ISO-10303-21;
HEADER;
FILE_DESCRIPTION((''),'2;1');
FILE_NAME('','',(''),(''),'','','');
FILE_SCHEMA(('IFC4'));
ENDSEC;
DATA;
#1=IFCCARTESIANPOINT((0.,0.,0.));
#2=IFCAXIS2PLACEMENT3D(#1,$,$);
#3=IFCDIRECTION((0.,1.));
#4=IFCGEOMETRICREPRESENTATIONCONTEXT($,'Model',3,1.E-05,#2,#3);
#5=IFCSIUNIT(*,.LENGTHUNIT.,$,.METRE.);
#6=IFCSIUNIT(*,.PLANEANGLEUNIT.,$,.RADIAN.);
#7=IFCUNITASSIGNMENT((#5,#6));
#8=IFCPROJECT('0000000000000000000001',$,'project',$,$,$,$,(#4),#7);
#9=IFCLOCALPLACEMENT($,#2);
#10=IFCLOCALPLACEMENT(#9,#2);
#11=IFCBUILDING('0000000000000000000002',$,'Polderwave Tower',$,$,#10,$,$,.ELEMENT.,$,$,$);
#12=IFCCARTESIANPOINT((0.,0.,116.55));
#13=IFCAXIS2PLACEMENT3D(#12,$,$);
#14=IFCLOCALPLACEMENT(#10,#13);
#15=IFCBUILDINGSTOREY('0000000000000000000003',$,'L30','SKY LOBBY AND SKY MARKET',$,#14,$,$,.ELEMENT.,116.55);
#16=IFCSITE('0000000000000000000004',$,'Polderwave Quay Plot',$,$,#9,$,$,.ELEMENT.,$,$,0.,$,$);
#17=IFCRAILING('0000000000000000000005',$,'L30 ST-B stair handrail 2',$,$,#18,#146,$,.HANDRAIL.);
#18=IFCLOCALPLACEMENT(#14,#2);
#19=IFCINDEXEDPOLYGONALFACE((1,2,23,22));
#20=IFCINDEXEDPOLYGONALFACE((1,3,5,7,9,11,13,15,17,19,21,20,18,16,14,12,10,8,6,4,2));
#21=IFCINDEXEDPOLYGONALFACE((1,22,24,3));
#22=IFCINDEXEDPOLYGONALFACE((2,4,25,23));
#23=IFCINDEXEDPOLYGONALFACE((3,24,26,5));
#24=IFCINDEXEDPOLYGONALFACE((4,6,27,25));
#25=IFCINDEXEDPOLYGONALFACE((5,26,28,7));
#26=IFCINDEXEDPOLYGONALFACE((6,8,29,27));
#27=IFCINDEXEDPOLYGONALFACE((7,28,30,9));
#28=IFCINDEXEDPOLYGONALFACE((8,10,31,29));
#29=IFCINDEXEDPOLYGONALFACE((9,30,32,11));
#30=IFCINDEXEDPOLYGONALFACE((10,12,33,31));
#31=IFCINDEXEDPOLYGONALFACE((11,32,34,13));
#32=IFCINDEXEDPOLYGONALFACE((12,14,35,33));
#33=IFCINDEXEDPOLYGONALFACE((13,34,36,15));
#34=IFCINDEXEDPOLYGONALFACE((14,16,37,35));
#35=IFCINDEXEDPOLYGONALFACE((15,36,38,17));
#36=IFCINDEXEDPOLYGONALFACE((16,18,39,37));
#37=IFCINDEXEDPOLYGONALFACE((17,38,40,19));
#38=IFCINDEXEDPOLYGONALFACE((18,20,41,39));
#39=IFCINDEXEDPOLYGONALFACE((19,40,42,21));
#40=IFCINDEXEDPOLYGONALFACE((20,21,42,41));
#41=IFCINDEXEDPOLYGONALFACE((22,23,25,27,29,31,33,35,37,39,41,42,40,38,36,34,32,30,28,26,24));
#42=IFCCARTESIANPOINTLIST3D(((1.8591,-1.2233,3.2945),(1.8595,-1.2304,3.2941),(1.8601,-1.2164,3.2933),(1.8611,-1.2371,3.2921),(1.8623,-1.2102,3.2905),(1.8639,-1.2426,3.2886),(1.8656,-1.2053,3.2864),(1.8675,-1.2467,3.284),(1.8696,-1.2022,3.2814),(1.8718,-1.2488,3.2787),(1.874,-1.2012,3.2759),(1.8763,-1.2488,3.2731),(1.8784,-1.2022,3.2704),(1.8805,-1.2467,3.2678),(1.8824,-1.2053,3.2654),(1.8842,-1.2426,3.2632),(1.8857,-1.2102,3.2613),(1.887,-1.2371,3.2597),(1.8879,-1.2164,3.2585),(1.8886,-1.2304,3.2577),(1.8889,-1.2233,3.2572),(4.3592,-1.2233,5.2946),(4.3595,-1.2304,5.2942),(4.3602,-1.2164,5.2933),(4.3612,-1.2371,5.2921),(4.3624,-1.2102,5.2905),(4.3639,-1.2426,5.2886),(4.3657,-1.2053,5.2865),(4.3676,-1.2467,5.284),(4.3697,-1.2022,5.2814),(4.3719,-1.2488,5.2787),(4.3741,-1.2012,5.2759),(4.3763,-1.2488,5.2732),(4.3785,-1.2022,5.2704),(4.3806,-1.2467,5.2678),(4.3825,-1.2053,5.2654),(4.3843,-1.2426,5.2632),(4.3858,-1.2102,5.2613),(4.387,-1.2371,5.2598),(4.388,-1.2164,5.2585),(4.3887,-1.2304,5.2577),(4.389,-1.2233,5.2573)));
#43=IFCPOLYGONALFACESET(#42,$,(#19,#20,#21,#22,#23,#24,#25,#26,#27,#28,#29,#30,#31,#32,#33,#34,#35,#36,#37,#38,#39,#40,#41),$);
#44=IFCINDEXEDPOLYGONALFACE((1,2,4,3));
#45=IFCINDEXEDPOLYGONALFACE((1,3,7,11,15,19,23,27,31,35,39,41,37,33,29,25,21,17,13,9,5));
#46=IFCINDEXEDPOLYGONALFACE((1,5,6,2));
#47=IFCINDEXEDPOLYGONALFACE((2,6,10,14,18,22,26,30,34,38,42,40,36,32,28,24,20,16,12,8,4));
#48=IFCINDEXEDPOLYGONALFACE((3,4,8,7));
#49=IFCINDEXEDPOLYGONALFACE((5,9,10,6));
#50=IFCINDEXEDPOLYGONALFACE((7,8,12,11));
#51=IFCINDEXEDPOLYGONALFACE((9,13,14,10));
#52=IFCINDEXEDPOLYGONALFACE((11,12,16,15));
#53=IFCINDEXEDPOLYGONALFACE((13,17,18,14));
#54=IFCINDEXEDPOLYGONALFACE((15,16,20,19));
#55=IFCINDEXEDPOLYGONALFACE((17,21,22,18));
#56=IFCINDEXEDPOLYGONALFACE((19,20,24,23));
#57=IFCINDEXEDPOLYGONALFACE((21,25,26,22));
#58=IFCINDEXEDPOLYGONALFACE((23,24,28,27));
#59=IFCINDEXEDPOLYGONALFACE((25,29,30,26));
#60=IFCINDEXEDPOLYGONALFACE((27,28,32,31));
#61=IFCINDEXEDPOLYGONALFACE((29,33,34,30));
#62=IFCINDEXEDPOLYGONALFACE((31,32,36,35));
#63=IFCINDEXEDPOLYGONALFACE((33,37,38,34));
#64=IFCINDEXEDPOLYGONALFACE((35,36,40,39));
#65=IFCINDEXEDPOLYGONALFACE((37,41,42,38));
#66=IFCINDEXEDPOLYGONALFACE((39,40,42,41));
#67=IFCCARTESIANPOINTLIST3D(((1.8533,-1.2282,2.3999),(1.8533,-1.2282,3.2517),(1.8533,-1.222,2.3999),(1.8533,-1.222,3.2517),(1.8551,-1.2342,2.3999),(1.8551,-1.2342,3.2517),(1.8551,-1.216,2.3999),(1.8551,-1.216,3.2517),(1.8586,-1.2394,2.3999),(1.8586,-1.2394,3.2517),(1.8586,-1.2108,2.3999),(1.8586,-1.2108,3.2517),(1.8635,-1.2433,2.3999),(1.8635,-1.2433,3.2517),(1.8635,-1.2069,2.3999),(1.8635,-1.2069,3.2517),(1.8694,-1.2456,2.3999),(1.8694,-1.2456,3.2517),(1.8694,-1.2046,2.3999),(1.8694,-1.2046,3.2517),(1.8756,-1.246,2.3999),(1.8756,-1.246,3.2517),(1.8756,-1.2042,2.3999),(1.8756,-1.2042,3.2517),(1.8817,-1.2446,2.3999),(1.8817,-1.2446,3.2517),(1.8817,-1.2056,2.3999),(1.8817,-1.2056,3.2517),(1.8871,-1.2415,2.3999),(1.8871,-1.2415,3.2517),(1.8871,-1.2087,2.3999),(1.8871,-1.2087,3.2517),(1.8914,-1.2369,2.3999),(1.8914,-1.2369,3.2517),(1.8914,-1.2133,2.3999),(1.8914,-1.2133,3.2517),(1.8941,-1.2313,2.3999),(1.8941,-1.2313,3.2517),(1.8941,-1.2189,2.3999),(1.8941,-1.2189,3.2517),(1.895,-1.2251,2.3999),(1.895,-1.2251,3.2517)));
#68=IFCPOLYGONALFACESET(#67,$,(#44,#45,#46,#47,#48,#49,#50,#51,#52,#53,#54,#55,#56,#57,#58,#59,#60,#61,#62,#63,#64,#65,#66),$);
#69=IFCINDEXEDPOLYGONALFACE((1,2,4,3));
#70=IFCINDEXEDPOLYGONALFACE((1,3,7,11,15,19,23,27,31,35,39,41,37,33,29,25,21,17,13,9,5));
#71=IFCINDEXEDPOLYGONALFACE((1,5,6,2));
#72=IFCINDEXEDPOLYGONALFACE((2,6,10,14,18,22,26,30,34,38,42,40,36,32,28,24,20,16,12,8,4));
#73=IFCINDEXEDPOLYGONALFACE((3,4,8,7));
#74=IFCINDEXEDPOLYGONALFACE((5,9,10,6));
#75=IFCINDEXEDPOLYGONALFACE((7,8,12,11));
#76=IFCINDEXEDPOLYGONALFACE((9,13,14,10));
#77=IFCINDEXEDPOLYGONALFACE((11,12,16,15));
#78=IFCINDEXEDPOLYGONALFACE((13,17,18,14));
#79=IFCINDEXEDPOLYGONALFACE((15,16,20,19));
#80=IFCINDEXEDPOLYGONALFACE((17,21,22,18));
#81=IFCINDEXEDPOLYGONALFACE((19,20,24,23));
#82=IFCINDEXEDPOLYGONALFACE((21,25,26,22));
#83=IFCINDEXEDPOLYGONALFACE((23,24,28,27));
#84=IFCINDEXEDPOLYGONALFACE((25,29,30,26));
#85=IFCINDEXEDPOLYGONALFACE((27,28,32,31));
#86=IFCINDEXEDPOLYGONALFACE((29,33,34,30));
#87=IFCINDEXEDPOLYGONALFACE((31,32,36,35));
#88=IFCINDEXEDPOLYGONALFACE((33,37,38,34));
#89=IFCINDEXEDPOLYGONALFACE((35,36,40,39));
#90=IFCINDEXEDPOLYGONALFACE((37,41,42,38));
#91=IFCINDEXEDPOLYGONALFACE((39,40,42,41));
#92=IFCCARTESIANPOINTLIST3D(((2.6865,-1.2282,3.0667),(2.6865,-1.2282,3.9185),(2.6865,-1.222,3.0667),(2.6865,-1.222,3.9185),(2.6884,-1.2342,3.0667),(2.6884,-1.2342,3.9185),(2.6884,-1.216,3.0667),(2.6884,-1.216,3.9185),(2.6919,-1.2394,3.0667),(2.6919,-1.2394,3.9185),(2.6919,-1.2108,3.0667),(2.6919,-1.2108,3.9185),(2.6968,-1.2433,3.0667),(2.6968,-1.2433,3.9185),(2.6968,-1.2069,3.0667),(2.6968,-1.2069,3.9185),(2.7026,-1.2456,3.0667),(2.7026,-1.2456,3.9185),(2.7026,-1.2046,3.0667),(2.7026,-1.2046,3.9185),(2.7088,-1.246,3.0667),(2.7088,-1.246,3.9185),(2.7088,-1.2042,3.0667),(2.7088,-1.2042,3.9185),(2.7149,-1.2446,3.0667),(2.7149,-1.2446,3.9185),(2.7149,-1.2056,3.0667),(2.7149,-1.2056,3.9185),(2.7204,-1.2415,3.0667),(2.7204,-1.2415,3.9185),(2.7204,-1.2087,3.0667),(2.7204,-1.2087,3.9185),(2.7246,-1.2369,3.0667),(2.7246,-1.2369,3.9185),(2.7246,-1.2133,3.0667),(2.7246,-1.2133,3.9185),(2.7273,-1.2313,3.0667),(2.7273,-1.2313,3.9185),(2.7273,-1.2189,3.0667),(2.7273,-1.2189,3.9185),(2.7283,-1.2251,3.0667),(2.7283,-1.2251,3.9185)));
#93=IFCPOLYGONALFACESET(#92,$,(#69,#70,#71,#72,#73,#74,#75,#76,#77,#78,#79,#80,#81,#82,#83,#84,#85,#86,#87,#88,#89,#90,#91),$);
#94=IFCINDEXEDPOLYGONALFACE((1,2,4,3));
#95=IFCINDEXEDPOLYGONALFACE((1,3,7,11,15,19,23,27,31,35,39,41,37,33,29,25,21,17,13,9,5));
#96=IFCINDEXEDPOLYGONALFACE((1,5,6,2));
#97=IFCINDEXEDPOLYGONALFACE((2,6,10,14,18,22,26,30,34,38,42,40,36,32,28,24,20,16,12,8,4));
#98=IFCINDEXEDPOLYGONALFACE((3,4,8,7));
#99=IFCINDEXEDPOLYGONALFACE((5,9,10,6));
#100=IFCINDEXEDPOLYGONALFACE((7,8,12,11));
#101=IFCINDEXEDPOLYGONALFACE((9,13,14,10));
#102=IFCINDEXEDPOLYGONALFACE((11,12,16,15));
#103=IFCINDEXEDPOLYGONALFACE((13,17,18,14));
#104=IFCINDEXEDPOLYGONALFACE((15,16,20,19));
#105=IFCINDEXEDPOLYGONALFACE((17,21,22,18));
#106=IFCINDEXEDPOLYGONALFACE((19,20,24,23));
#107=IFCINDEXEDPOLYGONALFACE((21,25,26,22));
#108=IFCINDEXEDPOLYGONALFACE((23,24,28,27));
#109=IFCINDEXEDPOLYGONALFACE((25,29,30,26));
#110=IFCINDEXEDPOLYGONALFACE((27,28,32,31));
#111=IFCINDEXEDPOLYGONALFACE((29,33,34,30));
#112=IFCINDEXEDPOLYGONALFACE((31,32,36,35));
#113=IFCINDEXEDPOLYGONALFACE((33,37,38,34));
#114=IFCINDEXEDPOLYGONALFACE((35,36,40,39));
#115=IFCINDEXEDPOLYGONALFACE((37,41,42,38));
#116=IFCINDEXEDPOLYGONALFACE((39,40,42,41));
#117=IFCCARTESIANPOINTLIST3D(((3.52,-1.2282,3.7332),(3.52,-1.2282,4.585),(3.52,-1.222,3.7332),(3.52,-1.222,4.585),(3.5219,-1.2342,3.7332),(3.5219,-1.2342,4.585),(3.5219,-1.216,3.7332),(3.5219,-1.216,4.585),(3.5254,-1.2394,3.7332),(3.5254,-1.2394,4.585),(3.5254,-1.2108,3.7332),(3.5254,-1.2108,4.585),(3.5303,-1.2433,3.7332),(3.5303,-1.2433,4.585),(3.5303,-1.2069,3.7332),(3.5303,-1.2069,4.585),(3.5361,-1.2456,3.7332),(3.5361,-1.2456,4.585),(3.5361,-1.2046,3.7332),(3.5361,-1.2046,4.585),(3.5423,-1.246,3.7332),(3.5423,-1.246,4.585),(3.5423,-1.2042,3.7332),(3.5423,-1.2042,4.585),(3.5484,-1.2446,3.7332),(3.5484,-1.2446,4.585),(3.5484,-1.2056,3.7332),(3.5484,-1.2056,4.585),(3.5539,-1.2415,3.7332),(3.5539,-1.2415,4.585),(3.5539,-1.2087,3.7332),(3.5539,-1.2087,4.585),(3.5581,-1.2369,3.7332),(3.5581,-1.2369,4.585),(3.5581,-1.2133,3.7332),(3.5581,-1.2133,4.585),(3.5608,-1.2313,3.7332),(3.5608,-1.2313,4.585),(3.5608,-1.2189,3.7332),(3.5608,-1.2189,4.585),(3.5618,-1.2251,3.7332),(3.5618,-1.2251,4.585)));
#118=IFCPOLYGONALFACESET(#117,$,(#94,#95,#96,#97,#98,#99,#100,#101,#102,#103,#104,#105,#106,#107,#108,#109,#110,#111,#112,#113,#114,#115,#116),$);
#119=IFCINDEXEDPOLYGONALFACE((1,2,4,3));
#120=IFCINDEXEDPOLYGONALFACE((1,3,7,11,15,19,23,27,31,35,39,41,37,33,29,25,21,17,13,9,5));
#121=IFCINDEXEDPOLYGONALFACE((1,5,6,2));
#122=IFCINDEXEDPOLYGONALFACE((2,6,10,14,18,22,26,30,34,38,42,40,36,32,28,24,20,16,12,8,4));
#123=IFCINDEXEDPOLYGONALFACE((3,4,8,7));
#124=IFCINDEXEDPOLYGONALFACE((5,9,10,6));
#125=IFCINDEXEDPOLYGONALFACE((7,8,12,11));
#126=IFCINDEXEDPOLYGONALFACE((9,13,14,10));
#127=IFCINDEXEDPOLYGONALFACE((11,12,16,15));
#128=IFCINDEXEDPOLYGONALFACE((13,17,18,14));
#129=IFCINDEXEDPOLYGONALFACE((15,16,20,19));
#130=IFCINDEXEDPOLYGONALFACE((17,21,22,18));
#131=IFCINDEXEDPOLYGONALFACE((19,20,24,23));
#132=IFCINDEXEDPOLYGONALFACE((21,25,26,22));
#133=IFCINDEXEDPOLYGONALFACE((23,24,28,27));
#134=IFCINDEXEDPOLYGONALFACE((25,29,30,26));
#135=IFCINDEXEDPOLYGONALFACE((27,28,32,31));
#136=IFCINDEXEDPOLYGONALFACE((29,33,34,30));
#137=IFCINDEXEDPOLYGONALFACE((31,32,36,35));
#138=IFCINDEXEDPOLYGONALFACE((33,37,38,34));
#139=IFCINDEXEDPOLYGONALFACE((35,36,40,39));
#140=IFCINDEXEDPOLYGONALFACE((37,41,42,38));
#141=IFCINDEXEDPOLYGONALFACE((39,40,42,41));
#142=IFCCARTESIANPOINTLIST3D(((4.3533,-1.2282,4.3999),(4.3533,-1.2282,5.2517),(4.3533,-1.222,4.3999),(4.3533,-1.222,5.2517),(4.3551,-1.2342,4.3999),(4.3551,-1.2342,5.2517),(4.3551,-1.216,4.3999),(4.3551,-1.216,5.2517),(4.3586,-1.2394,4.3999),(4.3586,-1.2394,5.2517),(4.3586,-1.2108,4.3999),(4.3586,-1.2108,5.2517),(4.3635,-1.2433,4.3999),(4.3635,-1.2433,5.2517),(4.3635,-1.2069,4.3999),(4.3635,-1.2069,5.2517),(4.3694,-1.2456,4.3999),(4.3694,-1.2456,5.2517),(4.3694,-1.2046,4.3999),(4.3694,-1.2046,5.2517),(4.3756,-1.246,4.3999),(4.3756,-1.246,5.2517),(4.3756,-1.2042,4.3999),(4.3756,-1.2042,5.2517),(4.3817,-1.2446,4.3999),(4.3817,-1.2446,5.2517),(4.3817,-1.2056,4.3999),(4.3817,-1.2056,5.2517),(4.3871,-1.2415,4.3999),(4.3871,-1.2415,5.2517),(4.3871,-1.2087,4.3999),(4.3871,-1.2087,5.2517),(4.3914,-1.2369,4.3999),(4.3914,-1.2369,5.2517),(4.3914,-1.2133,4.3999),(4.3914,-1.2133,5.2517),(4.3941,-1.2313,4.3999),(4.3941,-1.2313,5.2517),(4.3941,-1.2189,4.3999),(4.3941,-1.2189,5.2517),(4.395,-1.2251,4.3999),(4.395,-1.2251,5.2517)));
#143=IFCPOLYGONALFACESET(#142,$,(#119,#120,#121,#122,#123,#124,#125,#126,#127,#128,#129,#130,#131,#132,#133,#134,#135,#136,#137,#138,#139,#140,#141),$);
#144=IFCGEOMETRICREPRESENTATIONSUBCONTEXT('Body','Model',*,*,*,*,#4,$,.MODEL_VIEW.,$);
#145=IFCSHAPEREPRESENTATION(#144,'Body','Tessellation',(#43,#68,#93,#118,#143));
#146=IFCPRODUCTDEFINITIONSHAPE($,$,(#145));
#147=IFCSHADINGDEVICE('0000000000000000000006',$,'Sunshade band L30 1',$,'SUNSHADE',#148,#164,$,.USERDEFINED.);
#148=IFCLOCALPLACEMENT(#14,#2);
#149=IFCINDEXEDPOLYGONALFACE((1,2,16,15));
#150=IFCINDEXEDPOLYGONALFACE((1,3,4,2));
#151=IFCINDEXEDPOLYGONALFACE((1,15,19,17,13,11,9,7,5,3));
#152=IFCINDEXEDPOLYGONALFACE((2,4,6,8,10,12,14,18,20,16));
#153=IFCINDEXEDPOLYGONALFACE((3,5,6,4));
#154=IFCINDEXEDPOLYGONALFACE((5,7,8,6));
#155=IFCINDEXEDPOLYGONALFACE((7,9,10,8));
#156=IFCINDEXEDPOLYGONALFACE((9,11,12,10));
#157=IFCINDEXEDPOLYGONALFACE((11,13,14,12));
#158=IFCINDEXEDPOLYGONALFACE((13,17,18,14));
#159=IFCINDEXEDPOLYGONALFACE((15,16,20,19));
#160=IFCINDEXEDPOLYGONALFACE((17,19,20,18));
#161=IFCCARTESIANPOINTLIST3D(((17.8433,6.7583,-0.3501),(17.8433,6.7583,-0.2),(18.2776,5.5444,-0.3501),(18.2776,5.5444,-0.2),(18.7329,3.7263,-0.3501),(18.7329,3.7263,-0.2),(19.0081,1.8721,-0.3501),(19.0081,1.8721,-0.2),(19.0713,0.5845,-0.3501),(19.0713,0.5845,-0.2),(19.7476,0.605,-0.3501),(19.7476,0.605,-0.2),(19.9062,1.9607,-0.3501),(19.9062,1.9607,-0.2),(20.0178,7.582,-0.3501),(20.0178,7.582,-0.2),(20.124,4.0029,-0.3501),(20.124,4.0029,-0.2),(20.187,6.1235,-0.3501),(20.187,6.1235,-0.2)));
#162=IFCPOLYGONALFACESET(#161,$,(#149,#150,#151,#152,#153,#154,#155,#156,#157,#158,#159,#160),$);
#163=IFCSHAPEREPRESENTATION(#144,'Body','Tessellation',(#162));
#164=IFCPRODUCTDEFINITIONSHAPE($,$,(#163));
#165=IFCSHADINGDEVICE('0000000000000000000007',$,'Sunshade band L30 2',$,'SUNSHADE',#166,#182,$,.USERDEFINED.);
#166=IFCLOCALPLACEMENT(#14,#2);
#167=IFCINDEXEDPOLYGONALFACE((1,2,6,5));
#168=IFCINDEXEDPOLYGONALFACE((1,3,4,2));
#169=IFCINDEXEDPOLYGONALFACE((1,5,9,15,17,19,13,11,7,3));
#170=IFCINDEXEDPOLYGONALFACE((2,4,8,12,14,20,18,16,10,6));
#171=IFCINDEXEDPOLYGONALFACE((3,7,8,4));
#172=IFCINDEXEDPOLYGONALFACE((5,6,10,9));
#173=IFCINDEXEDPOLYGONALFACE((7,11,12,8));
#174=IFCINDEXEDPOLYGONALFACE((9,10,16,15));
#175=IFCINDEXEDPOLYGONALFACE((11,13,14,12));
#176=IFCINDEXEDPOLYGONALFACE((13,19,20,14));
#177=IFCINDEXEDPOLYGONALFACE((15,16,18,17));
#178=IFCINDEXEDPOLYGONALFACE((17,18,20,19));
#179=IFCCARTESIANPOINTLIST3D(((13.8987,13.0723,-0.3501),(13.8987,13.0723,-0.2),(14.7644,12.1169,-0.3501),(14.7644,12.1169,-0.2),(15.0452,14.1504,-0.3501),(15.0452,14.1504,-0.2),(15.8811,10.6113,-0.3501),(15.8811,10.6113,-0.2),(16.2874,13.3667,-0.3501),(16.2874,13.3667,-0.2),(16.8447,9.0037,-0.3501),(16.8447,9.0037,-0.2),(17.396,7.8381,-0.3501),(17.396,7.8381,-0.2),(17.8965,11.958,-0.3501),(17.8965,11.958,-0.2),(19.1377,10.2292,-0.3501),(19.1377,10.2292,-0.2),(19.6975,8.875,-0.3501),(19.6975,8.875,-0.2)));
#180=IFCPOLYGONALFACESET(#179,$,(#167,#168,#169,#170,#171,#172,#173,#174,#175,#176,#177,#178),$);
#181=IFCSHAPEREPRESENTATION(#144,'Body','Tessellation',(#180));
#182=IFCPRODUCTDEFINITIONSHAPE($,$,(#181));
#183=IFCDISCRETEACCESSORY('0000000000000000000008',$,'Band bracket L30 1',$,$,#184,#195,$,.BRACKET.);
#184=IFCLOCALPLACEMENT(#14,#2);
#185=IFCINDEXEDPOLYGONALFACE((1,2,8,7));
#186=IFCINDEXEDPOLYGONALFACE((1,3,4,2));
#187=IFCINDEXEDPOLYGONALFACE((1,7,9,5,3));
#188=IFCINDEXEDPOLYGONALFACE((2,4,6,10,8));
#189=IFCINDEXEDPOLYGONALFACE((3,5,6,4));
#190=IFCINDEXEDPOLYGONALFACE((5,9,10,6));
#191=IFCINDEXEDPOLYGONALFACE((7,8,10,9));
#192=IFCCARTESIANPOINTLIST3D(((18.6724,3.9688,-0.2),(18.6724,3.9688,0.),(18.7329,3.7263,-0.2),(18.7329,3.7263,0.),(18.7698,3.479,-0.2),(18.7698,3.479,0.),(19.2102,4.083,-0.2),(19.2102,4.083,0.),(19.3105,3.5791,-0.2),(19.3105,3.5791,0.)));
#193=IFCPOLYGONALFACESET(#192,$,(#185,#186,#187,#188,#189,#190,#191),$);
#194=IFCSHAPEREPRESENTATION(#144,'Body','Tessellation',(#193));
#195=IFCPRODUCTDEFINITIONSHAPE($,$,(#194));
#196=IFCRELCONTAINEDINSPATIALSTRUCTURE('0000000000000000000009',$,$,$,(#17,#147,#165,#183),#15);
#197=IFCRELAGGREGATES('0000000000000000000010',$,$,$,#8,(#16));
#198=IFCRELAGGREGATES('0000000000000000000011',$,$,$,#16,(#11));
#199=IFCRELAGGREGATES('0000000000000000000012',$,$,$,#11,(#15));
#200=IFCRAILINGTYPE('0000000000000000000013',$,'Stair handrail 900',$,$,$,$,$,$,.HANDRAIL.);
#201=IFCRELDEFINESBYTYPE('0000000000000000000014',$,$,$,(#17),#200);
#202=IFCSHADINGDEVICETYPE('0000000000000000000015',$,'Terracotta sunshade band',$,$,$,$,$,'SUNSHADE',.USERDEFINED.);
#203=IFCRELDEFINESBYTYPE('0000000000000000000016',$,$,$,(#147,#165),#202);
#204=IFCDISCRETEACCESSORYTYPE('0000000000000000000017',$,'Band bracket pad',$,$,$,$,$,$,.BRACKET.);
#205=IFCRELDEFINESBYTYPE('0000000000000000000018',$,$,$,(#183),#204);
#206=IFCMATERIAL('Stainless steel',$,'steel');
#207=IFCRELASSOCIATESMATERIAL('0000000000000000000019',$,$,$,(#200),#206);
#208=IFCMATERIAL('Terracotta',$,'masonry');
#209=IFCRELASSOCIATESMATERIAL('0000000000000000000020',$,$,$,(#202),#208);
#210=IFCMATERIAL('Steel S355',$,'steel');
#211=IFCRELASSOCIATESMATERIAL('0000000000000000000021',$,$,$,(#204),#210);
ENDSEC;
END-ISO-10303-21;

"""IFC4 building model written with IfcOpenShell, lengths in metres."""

from ifc_helpers import new_model, si_unit, direction, frame, origin, origin_2d, place, context, subcontext, project, spatial, polyline, circle, outline, extrude, material, type_object, element, save


model = new_model("IFC4")

# Units and contexts
model_context = context("Model", 3, precision=1e-05, world=origin(), true_north=direction((0.0, 1.0)))
body_context = subcontext(model_context, "Body", "Model", "MODEL_VIEW")
ifc_project = project(units=[si_unit("LENGTHUNIT", "METRE"), si_unit("PLANEANGLEUNIT", "RADIAN")], contexts=[model_context])

# Site, building, storey
site_placement = place(None, origin())
site = spatial("IfcSite", under=ifc_project, at=site_placement, Name="Polderwave Quay Plot", CompositionType="ELEMENT", RefElevation=0.0)
building_placement = place(site_placement, origin())
building = spatial("IfcBuilding", under=site, at=building_placement, Name="Polderwave Tower", CompositionType="ELEMENT")
storey_placement = place(building_placement, frame((0.0, 0.0, 116.55)))
storey = spatial("IfcBuildingStorey", under=building, at=storey_placement, Name="L30", Description="SKY LOBBY AND SKY MARKET", CompositionType="ELEMENT", Elevation=116.55)

# Railing
ifc_material_1 = material(Name="Stainless steel", Category="steel")
railing_type_1 = type_object("IfcRailingType", Name="Stair handrail 900", PredefinedType="HANDRAIL", material=ifc_material_1)
railing_1_placement = place(storey_placement, frame((1.874, -1.2251, 2.3999)))
element("IfcRailing", 1, at=railing_1_placement, inside=storey, type_object=railing_type_1, Name="L30 ST-B stair handrail 2", PredefinedType="HANDRAIL", context=body_context, shape_type="SweptSolid", body=[
    extrude(circle(Radius=0.0239, at=origin_2d()), frame((0.0, 0.0, 0.876), z_axis=(0.780869, 0.0, 0.624695), x_axis=(0.0, 1.0, 0.0)), (0.0, 0.0, 1.0), 3.2017),
    extrude(circle(Radius=0.021, at=origin_2d()), origin(), (0.0, 0.0, 1.0), 0.8518),
    extrude(circle(Radius=0.021, at=origin_2d()), frame((0.8333, 0.0, 0.6667)), (0.0, 0.0, 1.0), 0.8518),
    extrude(circle(Radius=0.021, at=origin_2d()), frame((1.6667, 0.0, 1.3333)), (0.0, 0.0, 1.0), 0.8518),
    extrude(circle(Radius=0.021, at=origin_2d()), frame((2.5, 0.0, 2.0)), (0.0, 0.0, 1.0), 0.8518),
])

# Shading devices
ifc_material_2 = material(Name="Terracotta", Category="masonry")
shading_device_type = type_object("IfcShadingDeviceType", Name="Terracotta sunshade band", ElementType="SUNSHADE", PredefinedType="USERDEFINED", material=ifc_material_2)
shading_device_1_placement = place(storey_placement, frame((0.0, 0.0, -0.3501)))
element("IfcShadingDevice", 2, at=shading_device_1_placement, inside=storey, type_object=shading_device_type, Name="Sunshade band L30 1", ObjectType="SUNSHADE", PredefinedType="USERDEFINED", context=body_context, shape_type="SweptSolid", body=[
    extrude(outline(polyline([(19.0713, 0.5845), (19.0081, 1.8721), (18.7329, 3.7263), (18.2776, 5.5444), (17.8433, 6.7583), (20.0178, 7.582), (20.187, 6.1235), (20.124, 4.0029), (19.9062, 1.9607), (19.7476, 0.605), (19.0713, 0.5845)])), origin(), (0.0, 0.0, 1.0), 0.1501),
])
shading_device_2_placement = place(storey_placement, frame((0.0, 0.0, -0.3501)))
element("IfcShadingDevice", 3, at=shading_device_2_placement, inside=storey, type_object=shading_device_type, Name="Sunshade band L30 2", ObjectType="SUNSHADE", PredefinedType="USERDEFINED", context=body_context, shape_type="SweptSolid", body=[
    extrude(outline(polyline([(17.396, 7.8381), (16.8447, 9.0037), (15.8811, 10.6113), (14.7644, 12.1169), (13.8987, 13.0723), (15.0452, 14.1504), (16.2874, 13.3667), (17.8965, 11.958), (19.1377, 10.2292), (19.6975, 8.875), (17.396, 7.8381)])), origin(), (0.0, 0.0, 1.0), 0.1501),
])

# Discrete accessory
ifc_material_3 = material(Name="Steel S355", Category="steel")
discrete_accessory_type = type_object("IfcDiscreteAccessoryType", Name="Band bracket pad", PredefinedType="BRACKET", material=ifc_material_3)
discrete_accessory_placement = place(storey_placement, frame((0.0, 0.0, -0.2)))
element("IfcDiscreteAccessory", 4, at=discrete_accessory_placement, inside=storey, type_object=discrete_accessory_type, Name="Band bracket L30 1", PredefinedType="BRACKET", context=body_context, shape_type="SweptSolid", body=[
    extrude(outline(polyline([(18.7698, 3.479), (18.7329, 3.7263), (18.6724, 3.9688), (19.2102, 4.083), (19.3105, 3.5791), (18.7698, 3.479)])), origin(), (0.0, 0.0, 1.0), 0.2),
])

save(model, "model.ifc")
